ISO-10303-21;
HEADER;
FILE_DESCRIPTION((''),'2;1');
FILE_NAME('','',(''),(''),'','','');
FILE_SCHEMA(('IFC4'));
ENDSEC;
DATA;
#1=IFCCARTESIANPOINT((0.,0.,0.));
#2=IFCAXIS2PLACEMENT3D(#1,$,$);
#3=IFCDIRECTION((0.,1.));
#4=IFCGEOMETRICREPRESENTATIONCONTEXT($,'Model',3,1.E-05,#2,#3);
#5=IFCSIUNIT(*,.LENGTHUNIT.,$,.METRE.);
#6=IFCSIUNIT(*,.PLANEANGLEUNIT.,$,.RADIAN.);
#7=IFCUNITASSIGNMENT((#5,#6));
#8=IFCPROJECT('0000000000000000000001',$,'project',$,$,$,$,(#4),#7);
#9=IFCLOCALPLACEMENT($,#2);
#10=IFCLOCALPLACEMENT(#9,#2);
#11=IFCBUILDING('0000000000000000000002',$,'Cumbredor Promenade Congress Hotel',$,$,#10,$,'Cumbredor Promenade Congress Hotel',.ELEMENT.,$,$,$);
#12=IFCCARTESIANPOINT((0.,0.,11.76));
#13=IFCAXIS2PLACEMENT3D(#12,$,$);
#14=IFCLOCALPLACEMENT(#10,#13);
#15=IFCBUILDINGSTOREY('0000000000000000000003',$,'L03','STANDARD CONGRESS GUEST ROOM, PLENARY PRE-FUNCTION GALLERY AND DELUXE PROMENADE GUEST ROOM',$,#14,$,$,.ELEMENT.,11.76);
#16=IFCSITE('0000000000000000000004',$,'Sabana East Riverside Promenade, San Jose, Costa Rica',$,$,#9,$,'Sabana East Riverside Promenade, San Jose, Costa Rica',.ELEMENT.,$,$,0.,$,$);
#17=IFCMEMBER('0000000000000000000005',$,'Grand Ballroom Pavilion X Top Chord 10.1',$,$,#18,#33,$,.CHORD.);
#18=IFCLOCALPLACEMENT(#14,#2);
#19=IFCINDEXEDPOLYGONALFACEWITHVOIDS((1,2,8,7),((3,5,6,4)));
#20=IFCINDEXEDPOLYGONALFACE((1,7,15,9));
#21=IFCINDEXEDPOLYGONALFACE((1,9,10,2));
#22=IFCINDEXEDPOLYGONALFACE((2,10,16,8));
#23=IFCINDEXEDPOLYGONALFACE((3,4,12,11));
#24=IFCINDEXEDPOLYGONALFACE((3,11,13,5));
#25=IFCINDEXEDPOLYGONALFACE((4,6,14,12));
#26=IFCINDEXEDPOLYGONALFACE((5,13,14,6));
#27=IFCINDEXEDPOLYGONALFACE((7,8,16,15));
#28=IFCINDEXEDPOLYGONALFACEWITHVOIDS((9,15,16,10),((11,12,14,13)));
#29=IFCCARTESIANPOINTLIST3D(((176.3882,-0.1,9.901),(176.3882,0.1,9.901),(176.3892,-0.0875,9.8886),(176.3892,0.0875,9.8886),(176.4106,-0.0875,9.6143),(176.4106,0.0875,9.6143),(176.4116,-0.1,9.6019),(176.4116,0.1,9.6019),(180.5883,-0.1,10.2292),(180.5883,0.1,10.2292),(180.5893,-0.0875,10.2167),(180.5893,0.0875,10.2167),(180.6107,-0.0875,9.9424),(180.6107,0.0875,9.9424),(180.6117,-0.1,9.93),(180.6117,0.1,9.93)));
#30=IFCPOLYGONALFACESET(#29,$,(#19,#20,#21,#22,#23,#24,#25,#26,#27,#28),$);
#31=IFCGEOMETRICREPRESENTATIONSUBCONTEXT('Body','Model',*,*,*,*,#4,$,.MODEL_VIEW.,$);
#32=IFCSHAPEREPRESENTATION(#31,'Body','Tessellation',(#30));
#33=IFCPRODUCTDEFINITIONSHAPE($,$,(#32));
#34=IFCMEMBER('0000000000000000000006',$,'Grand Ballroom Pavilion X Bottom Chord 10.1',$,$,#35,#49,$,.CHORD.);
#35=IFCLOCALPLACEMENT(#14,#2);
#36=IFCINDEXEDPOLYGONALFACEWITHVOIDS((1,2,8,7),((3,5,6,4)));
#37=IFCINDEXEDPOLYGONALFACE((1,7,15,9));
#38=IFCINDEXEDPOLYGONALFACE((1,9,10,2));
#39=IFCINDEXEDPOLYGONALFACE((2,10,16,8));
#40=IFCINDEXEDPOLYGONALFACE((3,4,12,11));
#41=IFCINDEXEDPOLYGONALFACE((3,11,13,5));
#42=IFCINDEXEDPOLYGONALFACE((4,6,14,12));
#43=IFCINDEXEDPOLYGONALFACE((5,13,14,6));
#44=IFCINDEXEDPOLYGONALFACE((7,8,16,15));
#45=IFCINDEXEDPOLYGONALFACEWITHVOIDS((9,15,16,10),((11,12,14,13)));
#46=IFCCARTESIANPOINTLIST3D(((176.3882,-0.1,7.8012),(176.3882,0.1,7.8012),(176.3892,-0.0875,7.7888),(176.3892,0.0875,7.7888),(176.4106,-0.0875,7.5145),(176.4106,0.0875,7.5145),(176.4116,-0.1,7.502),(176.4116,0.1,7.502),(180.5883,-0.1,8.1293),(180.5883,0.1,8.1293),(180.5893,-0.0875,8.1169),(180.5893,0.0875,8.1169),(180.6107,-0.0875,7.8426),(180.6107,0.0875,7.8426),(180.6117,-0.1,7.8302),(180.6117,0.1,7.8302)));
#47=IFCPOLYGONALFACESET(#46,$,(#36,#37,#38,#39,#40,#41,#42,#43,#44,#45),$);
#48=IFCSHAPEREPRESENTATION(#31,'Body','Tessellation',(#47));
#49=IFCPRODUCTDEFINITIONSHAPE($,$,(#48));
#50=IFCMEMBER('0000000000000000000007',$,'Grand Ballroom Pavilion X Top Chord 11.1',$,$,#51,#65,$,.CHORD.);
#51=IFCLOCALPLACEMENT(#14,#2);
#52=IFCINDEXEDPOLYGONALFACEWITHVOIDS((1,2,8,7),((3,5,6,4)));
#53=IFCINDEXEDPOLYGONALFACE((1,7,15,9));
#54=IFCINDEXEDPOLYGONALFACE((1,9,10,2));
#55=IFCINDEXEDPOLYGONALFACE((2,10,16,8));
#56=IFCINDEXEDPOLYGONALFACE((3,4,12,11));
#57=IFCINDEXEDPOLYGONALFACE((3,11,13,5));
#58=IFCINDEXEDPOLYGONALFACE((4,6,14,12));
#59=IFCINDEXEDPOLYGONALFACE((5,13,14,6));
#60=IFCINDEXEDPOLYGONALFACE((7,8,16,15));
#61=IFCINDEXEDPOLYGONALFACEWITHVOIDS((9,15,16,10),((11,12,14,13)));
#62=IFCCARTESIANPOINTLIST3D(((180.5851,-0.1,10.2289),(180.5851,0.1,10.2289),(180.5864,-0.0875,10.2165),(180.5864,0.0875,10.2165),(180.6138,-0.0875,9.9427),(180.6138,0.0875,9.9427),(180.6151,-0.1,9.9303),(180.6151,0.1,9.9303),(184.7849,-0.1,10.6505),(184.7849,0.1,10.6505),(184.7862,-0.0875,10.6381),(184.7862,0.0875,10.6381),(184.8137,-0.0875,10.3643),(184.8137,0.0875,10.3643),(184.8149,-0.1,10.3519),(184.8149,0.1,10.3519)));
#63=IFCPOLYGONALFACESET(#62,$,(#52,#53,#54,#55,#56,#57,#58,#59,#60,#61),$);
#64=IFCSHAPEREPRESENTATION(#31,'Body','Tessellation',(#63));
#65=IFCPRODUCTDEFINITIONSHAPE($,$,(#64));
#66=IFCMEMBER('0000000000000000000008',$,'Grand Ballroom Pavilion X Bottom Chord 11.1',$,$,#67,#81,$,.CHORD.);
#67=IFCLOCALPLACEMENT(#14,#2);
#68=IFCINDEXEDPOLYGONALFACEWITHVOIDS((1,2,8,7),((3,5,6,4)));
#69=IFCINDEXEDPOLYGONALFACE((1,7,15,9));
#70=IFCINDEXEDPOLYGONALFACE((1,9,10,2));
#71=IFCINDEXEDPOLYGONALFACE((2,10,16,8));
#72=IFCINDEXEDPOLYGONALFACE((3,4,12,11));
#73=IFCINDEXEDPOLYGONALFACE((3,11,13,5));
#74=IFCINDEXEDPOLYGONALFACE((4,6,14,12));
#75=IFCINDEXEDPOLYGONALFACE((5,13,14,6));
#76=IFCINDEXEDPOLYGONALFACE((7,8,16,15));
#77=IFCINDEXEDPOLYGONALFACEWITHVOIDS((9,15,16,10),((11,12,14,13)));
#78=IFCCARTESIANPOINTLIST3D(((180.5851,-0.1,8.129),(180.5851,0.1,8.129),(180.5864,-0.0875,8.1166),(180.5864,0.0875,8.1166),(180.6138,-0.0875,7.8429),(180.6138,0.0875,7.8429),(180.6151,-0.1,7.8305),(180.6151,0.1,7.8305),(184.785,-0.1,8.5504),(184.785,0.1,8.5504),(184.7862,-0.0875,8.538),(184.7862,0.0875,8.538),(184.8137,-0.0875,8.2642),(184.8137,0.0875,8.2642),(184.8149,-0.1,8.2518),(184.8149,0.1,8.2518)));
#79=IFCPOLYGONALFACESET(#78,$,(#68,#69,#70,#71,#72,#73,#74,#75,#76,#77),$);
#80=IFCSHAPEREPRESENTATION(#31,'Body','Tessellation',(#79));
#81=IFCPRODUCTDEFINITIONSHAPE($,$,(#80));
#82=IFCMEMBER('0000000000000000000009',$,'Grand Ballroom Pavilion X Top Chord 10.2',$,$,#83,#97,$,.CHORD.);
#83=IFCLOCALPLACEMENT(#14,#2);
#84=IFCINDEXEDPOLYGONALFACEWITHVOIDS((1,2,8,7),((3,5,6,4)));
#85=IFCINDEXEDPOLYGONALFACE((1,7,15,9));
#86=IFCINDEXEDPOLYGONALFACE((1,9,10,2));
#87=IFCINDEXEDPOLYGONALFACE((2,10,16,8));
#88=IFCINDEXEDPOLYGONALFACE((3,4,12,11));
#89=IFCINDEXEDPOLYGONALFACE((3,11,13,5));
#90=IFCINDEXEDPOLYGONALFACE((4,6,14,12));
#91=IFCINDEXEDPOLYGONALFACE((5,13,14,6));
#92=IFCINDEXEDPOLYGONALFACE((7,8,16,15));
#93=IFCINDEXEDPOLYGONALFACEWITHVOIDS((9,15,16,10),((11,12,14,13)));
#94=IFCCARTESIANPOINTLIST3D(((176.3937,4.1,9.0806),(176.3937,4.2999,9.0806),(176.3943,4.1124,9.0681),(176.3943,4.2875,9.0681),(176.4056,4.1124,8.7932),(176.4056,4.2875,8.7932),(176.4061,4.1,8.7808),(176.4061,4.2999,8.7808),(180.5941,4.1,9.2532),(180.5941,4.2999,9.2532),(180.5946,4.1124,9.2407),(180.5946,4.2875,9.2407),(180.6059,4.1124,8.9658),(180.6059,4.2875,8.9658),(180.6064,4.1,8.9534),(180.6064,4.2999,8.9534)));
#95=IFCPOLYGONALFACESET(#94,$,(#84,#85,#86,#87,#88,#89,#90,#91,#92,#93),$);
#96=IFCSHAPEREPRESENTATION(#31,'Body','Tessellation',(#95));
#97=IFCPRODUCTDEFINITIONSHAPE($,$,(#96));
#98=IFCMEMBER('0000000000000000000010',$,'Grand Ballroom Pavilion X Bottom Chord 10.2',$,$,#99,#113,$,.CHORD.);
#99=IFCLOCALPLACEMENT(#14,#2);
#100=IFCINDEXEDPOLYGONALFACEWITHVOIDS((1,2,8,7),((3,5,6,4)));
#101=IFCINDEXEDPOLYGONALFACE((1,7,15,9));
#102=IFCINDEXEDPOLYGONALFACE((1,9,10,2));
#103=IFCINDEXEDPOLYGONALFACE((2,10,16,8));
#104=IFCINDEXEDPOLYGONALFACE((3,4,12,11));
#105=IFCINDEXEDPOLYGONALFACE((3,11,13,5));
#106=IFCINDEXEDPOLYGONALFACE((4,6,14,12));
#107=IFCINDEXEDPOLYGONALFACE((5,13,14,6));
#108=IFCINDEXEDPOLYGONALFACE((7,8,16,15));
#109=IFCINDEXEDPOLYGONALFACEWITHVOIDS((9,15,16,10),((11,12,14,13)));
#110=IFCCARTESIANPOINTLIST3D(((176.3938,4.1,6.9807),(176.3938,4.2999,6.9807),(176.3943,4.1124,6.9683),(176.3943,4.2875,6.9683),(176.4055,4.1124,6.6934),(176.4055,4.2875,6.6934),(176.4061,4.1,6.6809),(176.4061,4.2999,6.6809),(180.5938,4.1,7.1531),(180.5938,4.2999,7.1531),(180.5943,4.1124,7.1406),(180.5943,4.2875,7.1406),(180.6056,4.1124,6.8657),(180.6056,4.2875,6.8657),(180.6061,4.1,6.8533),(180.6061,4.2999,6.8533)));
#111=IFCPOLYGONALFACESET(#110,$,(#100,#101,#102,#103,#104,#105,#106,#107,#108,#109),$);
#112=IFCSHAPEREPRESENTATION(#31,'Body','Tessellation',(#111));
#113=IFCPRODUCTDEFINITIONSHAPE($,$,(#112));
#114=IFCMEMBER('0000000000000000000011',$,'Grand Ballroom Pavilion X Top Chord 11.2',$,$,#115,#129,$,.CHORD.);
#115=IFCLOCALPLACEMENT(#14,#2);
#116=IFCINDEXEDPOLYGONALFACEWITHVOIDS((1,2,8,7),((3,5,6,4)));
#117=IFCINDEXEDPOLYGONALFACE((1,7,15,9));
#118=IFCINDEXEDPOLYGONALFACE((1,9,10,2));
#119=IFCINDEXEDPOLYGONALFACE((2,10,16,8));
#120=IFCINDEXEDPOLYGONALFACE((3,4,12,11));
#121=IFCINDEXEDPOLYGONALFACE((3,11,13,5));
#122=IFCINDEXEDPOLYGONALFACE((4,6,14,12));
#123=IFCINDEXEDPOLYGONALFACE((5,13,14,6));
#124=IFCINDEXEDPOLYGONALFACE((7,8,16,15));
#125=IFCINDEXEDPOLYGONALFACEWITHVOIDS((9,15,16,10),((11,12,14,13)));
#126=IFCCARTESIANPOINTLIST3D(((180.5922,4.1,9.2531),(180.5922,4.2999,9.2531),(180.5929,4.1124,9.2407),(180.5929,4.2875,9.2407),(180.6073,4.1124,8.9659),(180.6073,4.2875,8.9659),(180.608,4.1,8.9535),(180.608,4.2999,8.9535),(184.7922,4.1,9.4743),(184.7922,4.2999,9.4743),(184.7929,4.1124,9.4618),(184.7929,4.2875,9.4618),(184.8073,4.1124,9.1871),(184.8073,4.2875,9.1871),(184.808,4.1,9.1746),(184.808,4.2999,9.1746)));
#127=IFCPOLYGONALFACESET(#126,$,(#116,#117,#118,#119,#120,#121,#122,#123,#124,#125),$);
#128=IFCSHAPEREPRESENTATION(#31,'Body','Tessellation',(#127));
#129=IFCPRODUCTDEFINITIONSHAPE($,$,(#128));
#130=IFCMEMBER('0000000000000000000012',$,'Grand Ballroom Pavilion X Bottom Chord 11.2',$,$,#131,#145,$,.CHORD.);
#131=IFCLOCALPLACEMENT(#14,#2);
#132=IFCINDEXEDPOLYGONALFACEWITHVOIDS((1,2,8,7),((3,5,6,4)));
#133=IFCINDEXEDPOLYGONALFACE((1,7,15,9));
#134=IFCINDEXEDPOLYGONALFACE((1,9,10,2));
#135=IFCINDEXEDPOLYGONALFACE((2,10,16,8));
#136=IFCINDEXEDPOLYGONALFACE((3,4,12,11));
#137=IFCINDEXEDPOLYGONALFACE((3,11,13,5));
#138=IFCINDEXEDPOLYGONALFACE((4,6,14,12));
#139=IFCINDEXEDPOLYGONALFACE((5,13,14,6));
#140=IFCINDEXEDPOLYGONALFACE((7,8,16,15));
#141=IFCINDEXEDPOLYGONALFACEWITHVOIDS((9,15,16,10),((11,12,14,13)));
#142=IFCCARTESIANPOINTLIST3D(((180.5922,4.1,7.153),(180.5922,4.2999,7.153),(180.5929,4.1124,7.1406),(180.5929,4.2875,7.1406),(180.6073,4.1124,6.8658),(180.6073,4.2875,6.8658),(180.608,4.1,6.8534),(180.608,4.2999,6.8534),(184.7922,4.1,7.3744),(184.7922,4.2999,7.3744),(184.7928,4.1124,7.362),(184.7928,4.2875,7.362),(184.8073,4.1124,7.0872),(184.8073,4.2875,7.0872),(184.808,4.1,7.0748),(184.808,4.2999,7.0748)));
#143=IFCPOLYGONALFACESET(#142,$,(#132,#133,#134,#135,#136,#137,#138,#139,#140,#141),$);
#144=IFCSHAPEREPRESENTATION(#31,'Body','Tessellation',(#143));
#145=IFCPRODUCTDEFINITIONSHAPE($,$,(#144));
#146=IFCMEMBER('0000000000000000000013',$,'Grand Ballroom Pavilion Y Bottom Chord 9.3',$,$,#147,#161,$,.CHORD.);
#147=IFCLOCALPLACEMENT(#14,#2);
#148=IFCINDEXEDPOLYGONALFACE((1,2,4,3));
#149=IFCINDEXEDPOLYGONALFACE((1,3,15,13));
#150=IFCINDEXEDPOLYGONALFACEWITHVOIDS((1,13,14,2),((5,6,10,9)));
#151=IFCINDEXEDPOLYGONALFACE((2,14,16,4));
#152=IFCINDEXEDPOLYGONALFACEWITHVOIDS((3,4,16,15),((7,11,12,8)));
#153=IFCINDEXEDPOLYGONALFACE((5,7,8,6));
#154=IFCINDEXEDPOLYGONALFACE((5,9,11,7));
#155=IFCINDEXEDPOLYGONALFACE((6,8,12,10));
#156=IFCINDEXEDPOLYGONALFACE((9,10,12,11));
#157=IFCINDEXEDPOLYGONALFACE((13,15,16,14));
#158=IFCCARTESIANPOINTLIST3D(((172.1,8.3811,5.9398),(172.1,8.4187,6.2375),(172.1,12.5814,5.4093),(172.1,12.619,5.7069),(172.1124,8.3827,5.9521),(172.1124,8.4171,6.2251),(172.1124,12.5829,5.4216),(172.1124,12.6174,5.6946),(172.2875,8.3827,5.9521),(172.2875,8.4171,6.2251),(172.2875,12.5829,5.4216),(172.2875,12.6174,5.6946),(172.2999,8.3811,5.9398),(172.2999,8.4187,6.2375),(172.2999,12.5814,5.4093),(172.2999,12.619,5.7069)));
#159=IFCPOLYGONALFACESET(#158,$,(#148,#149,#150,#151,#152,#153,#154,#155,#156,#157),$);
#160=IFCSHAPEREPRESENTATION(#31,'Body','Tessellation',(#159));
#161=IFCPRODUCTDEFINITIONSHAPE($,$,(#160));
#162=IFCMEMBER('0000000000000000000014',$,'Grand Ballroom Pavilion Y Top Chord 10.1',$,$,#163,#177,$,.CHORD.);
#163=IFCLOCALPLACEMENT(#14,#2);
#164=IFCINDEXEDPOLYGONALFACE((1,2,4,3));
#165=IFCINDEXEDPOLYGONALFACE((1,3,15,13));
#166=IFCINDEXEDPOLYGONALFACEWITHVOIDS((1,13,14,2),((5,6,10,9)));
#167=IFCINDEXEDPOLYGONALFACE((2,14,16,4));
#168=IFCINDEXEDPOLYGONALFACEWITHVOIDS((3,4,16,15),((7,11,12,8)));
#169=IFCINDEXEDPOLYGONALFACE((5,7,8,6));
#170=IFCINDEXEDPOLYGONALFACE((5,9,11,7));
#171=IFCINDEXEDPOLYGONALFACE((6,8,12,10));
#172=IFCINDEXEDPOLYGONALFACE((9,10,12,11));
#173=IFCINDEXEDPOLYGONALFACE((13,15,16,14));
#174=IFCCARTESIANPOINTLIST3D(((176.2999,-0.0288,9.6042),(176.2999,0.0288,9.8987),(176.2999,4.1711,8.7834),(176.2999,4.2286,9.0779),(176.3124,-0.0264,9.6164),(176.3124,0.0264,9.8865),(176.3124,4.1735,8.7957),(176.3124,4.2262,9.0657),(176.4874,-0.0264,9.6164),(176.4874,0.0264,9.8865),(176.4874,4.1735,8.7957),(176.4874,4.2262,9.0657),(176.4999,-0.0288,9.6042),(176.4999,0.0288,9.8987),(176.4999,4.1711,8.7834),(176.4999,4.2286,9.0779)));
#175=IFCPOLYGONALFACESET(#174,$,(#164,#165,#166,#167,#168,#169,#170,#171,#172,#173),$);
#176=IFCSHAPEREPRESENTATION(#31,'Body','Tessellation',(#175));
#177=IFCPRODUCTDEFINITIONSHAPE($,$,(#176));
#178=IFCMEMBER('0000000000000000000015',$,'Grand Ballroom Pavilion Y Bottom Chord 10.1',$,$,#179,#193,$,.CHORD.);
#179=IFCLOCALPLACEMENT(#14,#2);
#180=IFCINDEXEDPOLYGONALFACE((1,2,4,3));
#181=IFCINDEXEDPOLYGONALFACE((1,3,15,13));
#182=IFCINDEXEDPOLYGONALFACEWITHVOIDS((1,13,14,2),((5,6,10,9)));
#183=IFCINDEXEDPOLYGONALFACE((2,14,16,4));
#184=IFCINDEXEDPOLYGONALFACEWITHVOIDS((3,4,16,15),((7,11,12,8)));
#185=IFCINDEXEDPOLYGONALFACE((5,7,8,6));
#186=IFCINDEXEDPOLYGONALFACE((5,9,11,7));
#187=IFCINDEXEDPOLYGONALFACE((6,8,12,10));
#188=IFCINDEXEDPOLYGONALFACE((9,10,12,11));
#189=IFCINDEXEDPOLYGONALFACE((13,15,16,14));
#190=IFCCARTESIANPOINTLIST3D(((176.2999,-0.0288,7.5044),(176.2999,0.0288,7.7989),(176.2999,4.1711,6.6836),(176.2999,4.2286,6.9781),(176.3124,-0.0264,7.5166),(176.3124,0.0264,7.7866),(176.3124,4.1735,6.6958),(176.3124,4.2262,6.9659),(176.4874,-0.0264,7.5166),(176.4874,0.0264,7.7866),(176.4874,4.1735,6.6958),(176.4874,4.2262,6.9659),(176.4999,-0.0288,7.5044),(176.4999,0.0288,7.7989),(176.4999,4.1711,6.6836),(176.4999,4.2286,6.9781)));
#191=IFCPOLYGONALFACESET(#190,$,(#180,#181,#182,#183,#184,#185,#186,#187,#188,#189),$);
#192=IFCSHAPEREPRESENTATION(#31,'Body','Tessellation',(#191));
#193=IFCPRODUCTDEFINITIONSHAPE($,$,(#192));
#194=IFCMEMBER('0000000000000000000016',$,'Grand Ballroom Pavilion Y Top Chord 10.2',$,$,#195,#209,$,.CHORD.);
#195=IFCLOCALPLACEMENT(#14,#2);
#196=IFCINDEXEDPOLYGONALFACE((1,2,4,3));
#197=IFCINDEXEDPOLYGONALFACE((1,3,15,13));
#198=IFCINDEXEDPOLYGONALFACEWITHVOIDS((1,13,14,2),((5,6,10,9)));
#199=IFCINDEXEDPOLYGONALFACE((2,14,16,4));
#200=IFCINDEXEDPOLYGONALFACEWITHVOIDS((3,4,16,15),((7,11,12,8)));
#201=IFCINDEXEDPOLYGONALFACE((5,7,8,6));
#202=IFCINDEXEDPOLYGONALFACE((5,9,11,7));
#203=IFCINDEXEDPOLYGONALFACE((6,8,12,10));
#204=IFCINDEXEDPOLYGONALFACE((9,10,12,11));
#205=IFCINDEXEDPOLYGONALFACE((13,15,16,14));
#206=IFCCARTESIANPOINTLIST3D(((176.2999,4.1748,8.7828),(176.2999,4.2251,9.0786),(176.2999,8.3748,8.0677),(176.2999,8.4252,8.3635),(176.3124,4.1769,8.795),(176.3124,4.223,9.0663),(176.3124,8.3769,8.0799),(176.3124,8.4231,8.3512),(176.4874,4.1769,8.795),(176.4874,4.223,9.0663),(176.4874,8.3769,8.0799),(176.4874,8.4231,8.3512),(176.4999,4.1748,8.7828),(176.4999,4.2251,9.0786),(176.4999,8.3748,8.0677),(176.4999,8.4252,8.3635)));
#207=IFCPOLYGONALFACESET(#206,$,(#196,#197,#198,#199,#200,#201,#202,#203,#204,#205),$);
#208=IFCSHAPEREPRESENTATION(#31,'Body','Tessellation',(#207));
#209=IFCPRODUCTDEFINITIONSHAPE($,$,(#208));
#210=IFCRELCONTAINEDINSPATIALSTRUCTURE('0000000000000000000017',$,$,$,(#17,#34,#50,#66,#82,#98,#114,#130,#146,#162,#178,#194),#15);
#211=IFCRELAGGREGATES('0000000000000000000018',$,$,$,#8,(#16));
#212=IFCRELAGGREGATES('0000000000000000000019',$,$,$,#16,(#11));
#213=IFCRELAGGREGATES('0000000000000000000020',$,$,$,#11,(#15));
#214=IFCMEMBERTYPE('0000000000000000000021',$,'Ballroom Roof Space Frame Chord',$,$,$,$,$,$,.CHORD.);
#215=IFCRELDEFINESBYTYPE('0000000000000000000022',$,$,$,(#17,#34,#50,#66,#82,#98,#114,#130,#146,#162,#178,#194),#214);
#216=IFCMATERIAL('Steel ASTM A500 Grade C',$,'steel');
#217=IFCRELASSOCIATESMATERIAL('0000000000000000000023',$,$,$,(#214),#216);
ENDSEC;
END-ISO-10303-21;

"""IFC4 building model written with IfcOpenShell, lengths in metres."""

from ifc_helpers import new_model, si_unit, direction, frame, origin, origin_2d, place, context, subcontext, project, spatial, hollow_rectangle, extrude, material, material_profile, profile_set, type_object, element, save


model = new_model("IFC4")

# Units and contexts
model_context = context("Model", 3, precision=1e-05, world=origin(), true_north=direction((0.0, 1.0)))
body_context = subcontext(model_context, "Body", "Model", "MODEL_VIEW")
ifc_project = project(units=[si_unit("LENGTHUNIT", "METRE"), si_unit("PLANEANGLEUNIT", "RADIAN")], contexts=[model_context])

# Site, building, storey
site_placement = place(None, origin())
site = spatial("IfcSite", under=ifc_project, at=site_placement, Name="Sabana East Riverside Promenade, San Jose, Costa Rica", LongName="Sabana East Riverside Promenade, San Jose, Costa Rica", CompositionType="ELEMENT", RefElevation=0.0)
building_placement = place(site_placement, origin())
building = spatial("IfcBuilding", under=site, at=building_placement, Name="Cumbredor Promenade Congress Hotel", LongName="Cumbredor Promenade Congress Hotel", CompositionType="ELEMENT")
storey_placement = place(building_placement, frame((0.0, 0.0, 11.76)))
storey = spatial("IfcBuildingStorey", under=building, at=storey_placement, Name="L03", Description="STANDARD CONGRESS GUEST ROOM, PLENARY PRE-FUNCTION GALLERY AND DELUXE PROMENADE GUEST ROOM", CompositionType="ELEMENT", Elevation=11.76)

# Members
ifc_material_1 = material(Name="Steel ASTM A500 Grade C", Category="steel")
ifc_material_profile_1 = material_profile(ifc_material_1, hollow_rectangle(XDim=0.2, YDim=0.3, WallThickness=0.0125, at=origin_2d()), Name="HSS 300x200x12.5")
ifc_profile_set_1 = profile_set([ifc_material_profile_1], Name="Steel ASTM A500 Grade C")
member_type_1 = type_object("IfcMemberType", Name="Ballroom Roof Space Frame Chord", PredefinedType="CHORD", material=ifc_profile_set_1)
for number, where, z_axis, x_axis, name in (
    (1, (176.3999, 0.0, 9.7515), (0.996962, 0.0, 0.077884), (0.0, 1.0, 0.0), "Grand Ballroom Pavilion X Top Chord 10.1"),
    (2, (176.3999, 0.0, 7.6516), (0.996962, 0.0, 0.077884), (0.0, 1.0, 0.0), "Grand Ballroom Pavilion X Bottom Chord 10.1"),
):
    element("IfcMember", number, at=place(storey_placement, frame(where, z_axis=z_axis, x_axis=x_axis)), inside=storey, type_object=member_type_1, Name=name, PredefinedType="CHORD", context=body_context, shape_type="SweptSolid", body=[
        extrude(hollow_rectangle(XDim=0.2, YDim=0.3, WallThickness=0.0125, at=origin_2d()), origin(), (0.0, 0.0, 1.0), 4.2129),
    ])
for number, where, z_axis, x_axis, name in (
    (3, (180.6001, 0.0, 10.0796), (0.994999, 0.0, 0.099887), (0.0, 1.0, 0.0), "Grand Ballroom Pavilion X Top Chord 11.1"),
    (4, (180.6001, 0.0, 7.9797), (0.995004, 0.0, 0.09983), (0.0, 1.0, 0.0), "Grand Ballroom Pavilion X Bottom Chord 11.1"),
):
    element("IfcMember", number, at=place(storey_placement, frame(where, z_axis=z_axis, x_axis=x_axis)), inside=storey, type_object=member_type_1, Name=name, PredefinedType="CHORD", context=body_context, shape_type="SweptSolid", body=[
        extrude(hollow_rectangle(XDim=0.2, YDim=0.3, WallThickness=0.0125, at=origin_2d()), origin(), (0.0, 0.0, 1.0), 4.2209),
    ])
member_1_placement = place(storey_placement, frame((176.3999, 4.2, 8.9307), z_axis=(0.999157, 0.0, 0.04106), x_axis=(0.0, 1.0, 0.0)))
element("IfcMember", 5, at=member_1_placement, inside=storey, type_object=member_type_1, Name="Grand Ballroom Pavilion X Top Chord 10.2", PredefinedType="CHORD", context=body_context, shape_type="SweptSolid", body=[
    extrude(hollow_rectangle(XDim=0.2, YDim=0.3, WallThickness=0.0125, at=origin_2d()), origin(), (0.0, 0.0, 1.0), 4.2039),
])
member_2_placement = place(storey_placement, frame((176.3999, 4.2, 6.8308), z_axis=(0.999159, 0.0, 0.041002), x_axis=(0.0, 1.0, 0.0)))
element("IfcMember", 6, at=member_2_placement, inside=storey, type_object=member_type_1, Name="Grand Ballroom Pavilion X Bottom Chord 10.2", PredefinedType="CHORD", context=body_context, shape_type="SweptSolid", body=[
    extrude(hollow_rectangle(XDim=0.2, YDim=0.3, WallThickness=0.0125, at=origin_2d()), origin(), (0.0, 0.0, 1.0), 4.2036),
])
for number, where, z_axis, x_axis, name in (
    (7, (180.6001, 4.2, 9.1033), (0.998616, 0.0, 0.052592), (0.0, 1.0, 0.0), "Grand Ballroom Pavilion X Top Chord 11.2"),
    (8, (180.6001, 4.2, 7.0032), (0.998613, 0.0, 0.05265), (0.0, 1.0, 0.0), "Grand Ballroom Pavilion X Bottom Chord 11.2"),
):
    element("IfcMember", number, at=place(storey_placement, frame(where, z_axis=z_axis, x_axis=x_axis)), inside=storey, type_object=member_type_1, Name=name, PredefinedType="CHORD", context=body_context, shape_type="SweptSolid", body=[
        extrude(hollow_rectangle(XDim=0.2, YDim=0.3, WallThickness=0.0125, at=origin_2d()), origin(), (0.0, 0.0, 1.0), 4.2058),
    ])
member_3_placement = place(storey_placement, frame((172.2, 8.3999, 6.0886), z_axis=(0.0, 0.992117, -0.125312), x_axis=(-1.0, 0.0, 0.0)))
element("IfcMember", 9, at=member_3_placement, inside=storey, type_object=member_type_1, Name="Grand Ballroom Pavilion Y Bottom Chord 9.3", PredefinedType="CHORD", context=body_context, shape_type="SweptSolid", body=[
    extrude(hollow_rectangle(XDim=0.2, YDim=0.3, WallThickness=0.0125, at=origin_2d()), origin(), (0.0, 0.0, 1.0), 4.2336),
])
for number, where, z_axis, x_axis, name in (
    (10, (176.3999, 0.0, 9.7515), (0.0, 0.981434, -0.191803), (-1.0, 0.0, 0.0), "Grand Ballroom Pavilion Y Top Chord 10.1"),
    (11, (176.3999, 0.0, 7.6516), (0.0, 0.981434, -0.191803), (-1.0, 0.0, 0.0), "Grand Ballroom Pavilion Y Bottom Chord 10.1"),
):
    element("IfcMember", number, at=place(storey_placement, frame(where, z_axis=z_axis, x_axis=x_axis)), inside=storey, type_object=member_type_1, Name=name, PredefinedType="CHORD", context=body_context, shape_type="SweptSolid", body=[
        extrude(hollow_rectangle(XDim=0.2, YDim=0.3, WallThickness=0.0125, at=origin_2d()), origin(), (0.0, 0.0, 1.0), 4.2793),
    ])
for number, where, z_axis, x_axis, name in (
    (12, (176.3999, 4.2, 8.9307), (0.0, 0.985813, -0.167846), (-1.0, 0.0, 0.0), "Grand Ballroom Pavilion Y Top Chord 10.2"),
):
    element("IfcMember", number, at=place(storey_placement, frame(where, z_axis=z_axis, x_axis=x_axis)), inside=storey, type_object=member_type_1, Name=name, PredefinedType="CHORD", context=body_context, shape_type="SweptSolid", body=[
        extrude(hollow_rectangle(XDim=0.2, YDim=0.3, WallThickness=0.0125, at=origin_2d()), origin(), (0.0, 0.0, 1.0), 4.2605),
    ])

save(model, "model.ifc")
